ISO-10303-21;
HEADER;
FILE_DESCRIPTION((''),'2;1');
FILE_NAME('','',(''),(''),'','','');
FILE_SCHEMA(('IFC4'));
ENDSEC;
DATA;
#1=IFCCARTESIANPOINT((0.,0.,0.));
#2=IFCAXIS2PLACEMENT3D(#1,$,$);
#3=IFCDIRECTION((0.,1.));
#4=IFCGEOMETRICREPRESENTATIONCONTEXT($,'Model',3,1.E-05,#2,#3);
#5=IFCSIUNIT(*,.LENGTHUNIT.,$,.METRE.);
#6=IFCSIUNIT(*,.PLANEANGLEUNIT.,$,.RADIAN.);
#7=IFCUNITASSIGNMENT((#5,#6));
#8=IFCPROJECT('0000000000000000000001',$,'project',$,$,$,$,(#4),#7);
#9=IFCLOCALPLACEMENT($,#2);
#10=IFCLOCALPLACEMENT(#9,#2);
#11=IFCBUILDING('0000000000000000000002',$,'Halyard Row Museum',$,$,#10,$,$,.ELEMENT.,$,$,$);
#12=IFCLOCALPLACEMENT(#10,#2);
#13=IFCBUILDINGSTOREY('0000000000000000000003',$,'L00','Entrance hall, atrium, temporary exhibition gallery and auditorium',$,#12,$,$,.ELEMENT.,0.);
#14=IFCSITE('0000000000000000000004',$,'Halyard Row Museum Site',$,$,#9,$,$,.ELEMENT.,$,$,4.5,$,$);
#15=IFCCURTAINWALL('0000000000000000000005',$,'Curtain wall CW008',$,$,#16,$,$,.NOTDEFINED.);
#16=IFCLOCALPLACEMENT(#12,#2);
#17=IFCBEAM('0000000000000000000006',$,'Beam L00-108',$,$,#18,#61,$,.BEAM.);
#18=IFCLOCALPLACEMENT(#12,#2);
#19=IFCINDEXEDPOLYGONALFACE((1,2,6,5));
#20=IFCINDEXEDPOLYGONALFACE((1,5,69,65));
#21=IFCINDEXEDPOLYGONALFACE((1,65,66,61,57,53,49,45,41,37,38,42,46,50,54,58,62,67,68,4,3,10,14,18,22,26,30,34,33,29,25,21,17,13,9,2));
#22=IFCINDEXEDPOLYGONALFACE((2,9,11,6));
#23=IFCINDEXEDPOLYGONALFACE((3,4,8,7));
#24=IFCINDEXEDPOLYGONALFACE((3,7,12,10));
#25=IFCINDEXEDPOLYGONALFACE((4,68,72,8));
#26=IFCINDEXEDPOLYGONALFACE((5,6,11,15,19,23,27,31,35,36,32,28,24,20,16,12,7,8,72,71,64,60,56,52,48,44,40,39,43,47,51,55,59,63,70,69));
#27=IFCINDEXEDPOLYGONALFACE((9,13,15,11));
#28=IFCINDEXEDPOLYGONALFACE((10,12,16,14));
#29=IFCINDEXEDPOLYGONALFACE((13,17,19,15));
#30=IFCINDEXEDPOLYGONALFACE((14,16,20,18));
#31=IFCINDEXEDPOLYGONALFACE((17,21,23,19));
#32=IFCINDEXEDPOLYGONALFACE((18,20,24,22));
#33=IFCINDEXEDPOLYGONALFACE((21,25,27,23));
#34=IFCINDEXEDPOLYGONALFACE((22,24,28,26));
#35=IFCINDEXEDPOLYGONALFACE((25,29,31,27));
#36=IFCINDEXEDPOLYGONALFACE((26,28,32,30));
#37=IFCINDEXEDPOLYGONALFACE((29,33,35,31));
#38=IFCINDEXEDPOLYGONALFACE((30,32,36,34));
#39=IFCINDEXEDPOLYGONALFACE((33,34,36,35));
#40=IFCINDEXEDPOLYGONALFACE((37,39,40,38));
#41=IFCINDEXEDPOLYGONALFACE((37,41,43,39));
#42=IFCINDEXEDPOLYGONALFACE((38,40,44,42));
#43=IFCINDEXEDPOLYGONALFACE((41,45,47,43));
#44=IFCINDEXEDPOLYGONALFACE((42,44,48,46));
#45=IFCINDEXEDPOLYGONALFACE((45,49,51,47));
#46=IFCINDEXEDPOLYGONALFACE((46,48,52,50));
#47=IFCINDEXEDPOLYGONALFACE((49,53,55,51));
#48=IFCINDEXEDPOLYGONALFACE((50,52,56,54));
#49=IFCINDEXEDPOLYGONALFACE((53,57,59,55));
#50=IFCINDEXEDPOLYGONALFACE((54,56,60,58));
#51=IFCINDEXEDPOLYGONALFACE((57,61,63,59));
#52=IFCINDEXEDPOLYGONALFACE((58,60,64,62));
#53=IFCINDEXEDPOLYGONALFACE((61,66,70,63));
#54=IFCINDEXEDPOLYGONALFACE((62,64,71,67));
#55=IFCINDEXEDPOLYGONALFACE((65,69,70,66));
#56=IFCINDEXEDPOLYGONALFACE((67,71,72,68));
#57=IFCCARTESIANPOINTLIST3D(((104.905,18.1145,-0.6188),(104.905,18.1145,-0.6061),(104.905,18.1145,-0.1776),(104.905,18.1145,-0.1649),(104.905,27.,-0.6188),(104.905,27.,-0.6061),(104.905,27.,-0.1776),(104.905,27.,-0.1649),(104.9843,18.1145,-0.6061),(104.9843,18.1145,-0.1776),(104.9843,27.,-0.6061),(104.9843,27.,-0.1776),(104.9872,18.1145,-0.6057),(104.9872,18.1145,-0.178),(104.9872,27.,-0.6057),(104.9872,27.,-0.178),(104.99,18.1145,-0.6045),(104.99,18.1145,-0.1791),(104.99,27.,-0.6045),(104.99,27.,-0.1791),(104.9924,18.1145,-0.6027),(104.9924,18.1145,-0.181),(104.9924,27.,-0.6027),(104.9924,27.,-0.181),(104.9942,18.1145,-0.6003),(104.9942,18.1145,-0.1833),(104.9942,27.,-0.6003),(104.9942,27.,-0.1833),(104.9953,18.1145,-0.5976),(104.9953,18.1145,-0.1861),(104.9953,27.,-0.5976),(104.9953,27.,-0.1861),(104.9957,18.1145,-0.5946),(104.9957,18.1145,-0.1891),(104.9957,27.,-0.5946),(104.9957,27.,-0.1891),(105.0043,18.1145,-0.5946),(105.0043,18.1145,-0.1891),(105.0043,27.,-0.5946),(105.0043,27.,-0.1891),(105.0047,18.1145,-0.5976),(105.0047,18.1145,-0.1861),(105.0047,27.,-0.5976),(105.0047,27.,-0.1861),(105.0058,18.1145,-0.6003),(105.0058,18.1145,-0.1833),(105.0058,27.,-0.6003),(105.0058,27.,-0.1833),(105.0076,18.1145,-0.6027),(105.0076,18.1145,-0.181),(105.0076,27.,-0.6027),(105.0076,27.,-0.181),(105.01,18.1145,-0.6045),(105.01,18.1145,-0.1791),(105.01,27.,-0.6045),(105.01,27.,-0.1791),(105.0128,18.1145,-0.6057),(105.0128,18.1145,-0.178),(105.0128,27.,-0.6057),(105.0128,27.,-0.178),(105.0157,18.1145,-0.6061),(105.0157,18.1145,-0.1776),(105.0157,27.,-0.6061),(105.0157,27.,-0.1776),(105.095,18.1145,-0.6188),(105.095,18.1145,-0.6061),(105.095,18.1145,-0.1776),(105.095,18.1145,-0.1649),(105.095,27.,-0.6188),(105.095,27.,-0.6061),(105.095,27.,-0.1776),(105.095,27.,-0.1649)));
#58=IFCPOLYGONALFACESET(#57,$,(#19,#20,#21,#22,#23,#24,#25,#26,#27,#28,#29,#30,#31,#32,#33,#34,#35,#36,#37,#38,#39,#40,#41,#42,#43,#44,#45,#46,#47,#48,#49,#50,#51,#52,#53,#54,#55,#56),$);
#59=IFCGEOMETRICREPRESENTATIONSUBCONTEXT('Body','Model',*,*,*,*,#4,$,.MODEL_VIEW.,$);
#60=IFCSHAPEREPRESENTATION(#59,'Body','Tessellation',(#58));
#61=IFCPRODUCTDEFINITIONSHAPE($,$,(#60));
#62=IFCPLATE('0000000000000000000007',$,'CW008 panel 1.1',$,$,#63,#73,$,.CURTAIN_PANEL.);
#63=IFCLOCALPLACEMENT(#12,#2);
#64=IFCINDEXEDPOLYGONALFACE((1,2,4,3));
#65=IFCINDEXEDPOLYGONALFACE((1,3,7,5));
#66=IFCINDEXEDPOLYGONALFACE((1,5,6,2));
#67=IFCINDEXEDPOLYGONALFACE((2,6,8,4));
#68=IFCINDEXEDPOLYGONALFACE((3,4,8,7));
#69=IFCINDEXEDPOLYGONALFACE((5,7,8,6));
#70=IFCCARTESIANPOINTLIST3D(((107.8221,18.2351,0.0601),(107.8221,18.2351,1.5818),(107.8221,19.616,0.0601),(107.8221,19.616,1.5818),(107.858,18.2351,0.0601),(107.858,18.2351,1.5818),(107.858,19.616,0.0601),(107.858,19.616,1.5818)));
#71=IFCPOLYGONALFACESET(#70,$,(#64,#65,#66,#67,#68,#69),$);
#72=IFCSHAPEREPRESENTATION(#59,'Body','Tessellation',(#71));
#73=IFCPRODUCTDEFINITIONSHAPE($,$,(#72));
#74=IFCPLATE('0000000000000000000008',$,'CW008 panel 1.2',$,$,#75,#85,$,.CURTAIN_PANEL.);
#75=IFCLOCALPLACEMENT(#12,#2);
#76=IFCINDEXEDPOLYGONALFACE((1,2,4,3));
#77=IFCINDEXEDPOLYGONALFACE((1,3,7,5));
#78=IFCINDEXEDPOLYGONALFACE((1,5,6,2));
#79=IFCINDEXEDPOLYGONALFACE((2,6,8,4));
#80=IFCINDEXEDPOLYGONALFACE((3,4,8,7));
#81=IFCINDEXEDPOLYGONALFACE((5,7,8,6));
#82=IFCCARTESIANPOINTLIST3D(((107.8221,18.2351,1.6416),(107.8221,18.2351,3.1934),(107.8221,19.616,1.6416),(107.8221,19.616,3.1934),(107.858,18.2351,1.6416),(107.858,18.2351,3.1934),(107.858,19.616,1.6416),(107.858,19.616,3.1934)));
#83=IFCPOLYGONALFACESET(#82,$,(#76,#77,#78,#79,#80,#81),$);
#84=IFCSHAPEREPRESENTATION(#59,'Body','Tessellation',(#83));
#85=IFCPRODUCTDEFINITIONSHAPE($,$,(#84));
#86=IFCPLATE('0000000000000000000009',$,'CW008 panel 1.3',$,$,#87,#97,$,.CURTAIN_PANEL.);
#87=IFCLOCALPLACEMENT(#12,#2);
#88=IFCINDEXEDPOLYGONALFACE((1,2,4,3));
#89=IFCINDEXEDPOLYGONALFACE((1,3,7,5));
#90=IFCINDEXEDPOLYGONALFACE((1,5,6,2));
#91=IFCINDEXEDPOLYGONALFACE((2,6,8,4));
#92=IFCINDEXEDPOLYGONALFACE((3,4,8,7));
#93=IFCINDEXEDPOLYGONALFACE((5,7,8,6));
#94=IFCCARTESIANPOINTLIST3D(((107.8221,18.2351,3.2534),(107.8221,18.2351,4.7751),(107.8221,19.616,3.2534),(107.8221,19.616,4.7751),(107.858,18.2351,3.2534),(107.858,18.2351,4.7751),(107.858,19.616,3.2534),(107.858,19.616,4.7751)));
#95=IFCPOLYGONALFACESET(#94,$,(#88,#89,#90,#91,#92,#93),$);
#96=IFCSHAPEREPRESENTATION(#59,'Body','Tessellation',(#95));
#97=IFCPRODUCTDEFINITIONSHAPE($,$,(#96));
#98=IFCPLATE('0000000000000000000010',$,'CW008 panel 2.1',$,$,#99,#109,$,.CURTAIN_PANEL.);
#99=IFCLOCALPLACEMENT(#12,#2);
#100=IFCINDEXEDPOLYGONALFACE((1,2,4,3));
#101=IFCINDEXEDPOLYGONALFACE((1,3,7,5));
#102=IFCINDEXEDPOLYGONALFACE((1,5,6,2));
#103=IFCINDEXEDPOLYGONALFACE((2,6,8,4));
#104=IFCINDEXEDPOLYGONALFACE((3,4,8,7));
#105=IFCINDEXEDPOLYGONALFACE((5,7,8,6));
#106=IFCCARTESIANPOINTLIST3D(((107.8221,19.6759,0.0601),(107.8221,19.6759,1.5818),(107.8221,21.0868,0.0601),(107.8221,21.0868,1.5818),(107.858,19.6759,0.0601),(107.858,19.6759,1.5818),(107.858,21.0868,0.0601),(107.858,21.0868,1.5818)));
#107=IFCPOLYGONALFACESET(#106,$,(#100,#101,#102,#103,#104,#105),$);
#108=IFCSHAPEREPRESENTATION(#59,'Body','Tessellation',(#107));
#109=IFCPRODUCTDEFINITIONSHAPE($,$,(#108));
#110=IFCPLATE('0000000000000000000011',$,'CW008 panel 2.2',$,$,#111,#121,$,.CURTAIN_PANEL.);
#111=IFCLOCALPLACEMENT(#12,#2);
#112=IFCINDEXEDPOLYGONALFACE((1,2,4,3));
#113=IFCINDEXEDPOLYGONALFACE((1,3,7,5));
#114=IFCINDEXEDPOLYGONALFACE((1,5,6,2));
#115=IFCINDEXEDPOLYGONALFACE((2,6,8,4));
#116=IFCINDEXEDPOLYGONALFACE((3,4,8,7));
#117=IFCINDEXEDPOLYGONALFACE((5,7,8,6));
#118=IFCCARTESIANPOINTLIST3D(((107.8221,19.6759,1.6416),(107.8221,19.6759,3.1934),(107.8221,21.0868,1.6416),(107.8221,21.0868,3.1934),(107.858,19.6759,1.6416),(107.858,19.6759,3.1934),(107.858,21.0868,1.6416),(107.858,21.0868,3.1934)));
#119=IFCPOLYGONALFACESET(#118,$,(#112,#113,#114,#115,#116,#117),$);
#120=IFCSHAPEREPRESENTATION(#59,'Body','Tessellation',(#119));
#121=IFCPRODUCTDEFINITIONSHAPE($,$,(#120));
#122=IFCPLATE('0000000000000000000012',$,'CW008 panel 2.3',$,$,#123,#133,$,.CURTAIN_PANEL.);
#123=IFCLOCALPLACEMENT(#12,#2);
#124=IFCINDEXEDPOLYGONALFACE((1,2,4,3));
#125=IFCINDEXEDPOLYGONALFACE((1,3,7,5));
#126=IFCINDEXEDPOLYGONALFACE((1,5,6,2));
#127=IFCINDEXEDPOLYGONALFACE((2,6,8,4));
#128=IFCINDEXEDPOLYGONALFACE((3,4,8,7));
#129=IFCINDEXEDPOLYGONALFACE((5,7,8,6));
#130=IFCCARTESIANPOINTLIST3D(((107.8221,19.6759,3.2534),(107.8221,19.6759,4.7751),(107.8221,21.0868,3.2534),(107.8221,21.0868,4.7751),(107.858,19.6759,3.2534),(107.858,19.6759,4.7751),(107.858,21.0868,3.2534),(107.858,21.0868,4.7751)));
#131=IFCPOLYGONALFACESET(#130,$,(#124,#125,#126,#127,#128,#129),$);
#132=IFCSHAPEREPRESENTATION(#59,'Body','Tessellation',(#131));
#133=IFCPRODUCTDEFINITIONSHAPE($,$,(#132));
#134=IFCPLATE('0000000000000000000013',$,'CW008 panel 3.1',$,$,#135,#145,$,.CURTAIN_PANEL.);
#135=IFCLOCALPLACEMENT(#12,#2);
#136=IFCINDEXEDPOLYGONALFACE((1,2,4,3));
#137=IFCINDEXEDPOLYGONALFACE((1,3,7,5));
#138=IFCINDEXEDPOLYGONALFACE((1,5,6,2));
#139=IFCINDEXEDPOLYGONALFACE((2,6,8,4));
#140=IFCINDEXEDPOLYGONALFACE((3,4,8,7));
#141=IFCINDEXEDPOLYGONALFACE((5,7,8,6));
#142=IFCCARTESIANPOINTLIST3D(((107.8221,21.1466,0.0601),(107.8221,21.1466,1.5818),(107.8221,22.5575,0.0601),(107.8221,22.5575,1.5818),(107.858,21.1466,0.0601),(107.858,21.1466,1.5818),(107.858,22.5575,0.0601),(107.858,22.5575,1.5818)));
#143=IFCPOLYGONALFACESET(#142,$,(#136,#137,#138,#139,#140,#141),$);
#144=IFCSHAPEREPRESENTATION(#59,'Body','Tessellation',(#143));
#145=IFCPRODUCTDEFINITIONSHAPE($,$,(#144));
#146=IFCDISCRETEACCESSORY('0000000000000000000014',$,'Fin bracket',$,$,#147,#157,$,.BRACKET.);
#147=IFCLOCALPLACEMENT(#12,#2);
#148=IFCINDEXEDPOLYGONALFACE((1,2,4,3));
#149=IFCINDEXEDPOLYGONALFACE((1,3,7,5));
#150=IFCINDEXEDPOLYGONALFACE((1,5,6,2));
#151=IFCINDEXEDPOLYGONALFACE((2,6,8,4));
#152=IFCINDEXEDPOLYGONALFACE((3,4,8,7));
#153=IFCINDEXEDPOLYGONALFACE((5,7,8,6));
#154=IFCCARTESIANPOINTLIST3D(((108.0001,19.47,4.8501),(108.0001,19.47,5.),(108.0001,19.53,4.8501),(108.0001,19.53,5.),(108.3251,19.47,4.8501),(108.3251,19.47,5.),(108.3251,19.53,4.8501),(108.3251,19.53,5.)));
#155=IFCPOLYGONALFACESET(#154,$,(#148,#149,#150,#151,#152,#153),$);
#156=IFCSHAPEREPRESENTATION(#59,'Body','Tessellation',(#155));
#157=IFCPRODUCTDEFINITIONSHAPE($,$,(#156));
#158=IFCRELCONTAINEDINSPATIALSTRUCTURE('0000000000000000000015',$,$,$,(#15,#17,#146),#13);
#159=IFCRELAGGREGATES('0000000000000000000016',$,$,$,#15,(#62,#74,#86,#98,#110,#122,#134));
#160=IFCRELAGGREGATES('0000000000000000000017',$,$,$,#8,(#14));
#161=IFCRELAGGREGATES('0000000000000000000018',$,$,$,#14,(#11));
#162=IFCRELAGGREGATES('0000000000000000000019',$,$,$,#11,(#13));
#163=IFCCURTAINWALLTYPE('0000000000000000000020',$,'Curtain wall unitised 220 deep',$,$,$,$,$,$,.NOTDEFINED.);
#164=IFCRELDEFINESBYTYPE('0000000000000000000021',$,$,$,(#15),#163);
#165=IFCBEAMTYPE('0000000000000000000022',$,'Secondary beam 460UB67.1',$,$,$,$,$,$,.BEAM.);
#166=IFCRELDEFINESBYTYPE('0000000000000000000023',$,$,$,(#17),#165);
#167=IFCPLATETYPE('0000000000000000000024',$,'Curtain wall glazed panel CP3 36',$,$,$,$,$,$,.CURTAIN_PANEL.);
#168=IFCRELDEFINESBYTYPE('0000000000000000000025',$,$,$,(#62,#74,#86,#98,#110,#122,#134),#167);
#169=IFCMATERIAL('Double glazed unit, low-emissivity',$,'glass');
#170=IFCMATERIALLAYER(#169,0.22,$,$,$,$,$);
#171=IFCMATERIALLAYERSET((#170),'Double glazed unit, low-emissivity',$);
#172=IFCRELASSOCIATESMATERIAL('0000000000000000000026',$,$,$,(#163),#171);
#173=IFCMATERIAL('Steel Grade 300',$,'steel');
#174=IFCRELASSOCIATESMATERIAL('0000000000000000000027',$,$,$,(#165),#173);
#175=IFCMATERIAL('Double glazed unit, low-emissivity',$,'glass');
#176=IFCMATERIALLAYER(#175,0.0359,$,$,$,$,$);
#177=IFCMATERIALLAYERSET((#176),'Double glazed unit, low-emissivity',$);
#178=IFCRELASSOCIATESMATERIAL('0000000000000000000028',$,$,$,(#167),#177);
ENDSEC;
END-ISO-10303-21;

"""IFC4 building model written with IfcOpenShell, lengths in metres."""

from ifc_helpers import new_model, si_unit, direction, frame, origin, origin_2d, place, context, subcontext, project, spatial, rectangle, i_section, extrude, material, layer, layer_set, material_profile, profile_set, type_object, element, aggregate, save


model = new_model("IFC4")

# Units and contexts
model_context = context("Model", 3, precision=1e-05, world=origin(), true_north=direction((0.0, 1.0)))
body_context = subcontext(model_context, "Body", "Model", "MODEL_VIEW")
ifc_project = project(units=[si_unit("LENGTHUNIT", "METRE"), si_unit("PLANEANGLEUNIT", "RADIAN")], contexts=[model_context])

# Site, building, storey
site_placement = place(None, origin())
site = spatial("IfcSite", under=ifc_project, at=site_placement, Name="Halyard Row Museum Site", CompositionType="ELEMENT", RefElevation=4.5)
building_placement = place(site_placement, origin())
building = spatial("IfcBuilding", under=site, at=building_placement, Name="Halyard Row Museum", CompositionType="ELEMENT")
storey_placement = place(building_placement, origin())
storey = spatial("IfcBuildingStorey", under=building, at=storey_placement, Name="L00", Description="Entrance hall, atrium, temporary exhibition gallery and auditorium", CompositionType="ELEMENT", Elevation=0.0)

# Curtain wall
ifc_material_1 = material(Name="Double glazed unit, low-emissivity", Category="glass")
ifc_layer_1 = layer(ifc_material_1, 0.22)
ifc_layer_set_1 = layer_set([ifc_layer_1], Name="Double glazed unit, low-emissivity")
curtain_wall_type = type_object("IfcCurtainWallType", Name="Curtain wall unitised 220 deep", PredefinedType="NOTDEFINED", material=ifc_layer_set_1)
curtain_wall_placement = place(storey_placement, origin())
curtain_wall = element("IfcCurtainWall", 1, at=curtain_wall_placement, inside=storey, type_object=curtain_wall_type, Name="Curtain wall CW008", PredefinedType="NOTDEFINED")

# Beam
ifc_material_2 = material(Name="Steel Grade 300", Category="steel")
ifc_material_profile_1 = material_profile(ifc_material_2, i_section(OverallWidth=0.1899, OverallDepth=0.4539, WebThickness=0.0085, FlangeThickness=0.0127, FilletRadius=0.0115, at=origin_2d()), Name="460UB67.1")
ifc_profile_set_1 = profile_set([ifc_material_profile_1], Name="Steel Grade 300")
beam_type = type_object("IfcBeamType", Name="Secondary beam 460UB67.1", PredefinedType="BEAM", material=ifc_profile_set_1)
beam_placement = place(storey_placement, frame((105.0, 18.1145, -0.3918), z_axis=(0.0, 1.0, 0.0), x_axis=(-1.0, 0.0, 0.0)))
element("IfcBeam", 2, at=beam_placement, inside=storey, type_object=beam_type, Name="Beam L00-108", PredefinedType="BEAM", context=body_context, shape_type="SweptSolid", body=[
    extrude(i_section(OverallWidth=0.1899, OverallDepth=0.4539, WebThickness=0.0085, FlangeThickness=0.0127, FilletRadius=0.0115, at=origin_2d()), origin(), (0.0, 0.0, 1.0), 8.8855),
])

# Plates
ifc_material_3 = material(Name="Double glazed unit, low-emissivity", Category="glass")
ifc_layer_2 = layer(ifc_material_3, 0.0359)
ifc_layer_set_2 = layer_set([ifc_layer_2], Name="Double glazed unit, low-emissivity")
plate_type = type_object("IfcPlateType", Name="Curtain wall glazed panel CP3 36", PredefinedType="CURTAIN_PANEL", material=ifc_layer_set_2)
plate_1_placement = place(storey_placement, frame((107.8401, 18.9255, 0.0601), z_axis=(0.0, 0.0, 1.0), x_axis=(0.0, 1.0, 0.0)))
plate_1 = element("IfcPlate", 3, at=plate_1_placement, type_object=plate_type, Name="CW008 panel 1.1", PredefinedType="CURTAIN_PANEL", context=body_context, shape_type="SweptSolid", body=[
    extrude(rectangle(XDim=1.3809, YDim=0.0359, at=origin_2d()), origin(), (0.0, 0.0, 1.0), 1.5217),
])
plate_2_placement = place(storey_placement, frame((107.8401, 18.9255, 1.6416), z_axis=(0.0, 0.0, 1.0), x_axis=(0.0, 1.0, 0.0)))
plate_2 = element("IfcPlate", 4, at=plate_2_placement, type_object=plate_type, Name="CW008 panel 1.2", PredefinedType="CURTAIN_PANEL", context=body_context, shape_type="SweptSolid", body=[
    extrude(rectangle(XDim=1.3809, YDim=0.0359, at=origin_2d()), origin(), (0.0, 0.0, 1.0), 1.5518),
])
plate_3_placement = place(storey_placement, frame((107.8401, 18.9255, 3.2534), z_axis=(0.0, 0.0, 1.0), x_axis=(0.0, 1.0, 0.0)))
plate_3 = element("IfcPlate", 5, at=plate_3_placement, type_object=plate_type, Name="CW008 panel 1.3", PredefinedType="CURTAIN_PANEL", context=body_context, shape_type="SweptSolid", body=[
    extrude(rectangle(XDim=1.3809, YDim=0.0359, at=origin_2d()), origin(), (0.0, 0.0, 1.0), 1.5217),
])
plate_4_placement = place(storey_placement, frame((107.8401, 20.3813, 0.0601), z_axis=(0.0, 0.0, 1.0), x_axis=(0.0, 1.0, 0.0)))
plate_4 = element("IfcPlate", 6, at=plate_4_placement, type_object=plate_type, Name="CW008 panel 2.1", PredefinedType="CURTAIN_PANEL", context=body_context, shape_type="SweptSolid", body=[
    extrude(rectangle(XDim=1.4109, YDim=0.0359, at=origin_2d()), origin(), (0.0, 0.0, 1.0), 1.5217),
])
plate_5_placement = place(storey_placement, frame((107.8401, 20.3813, 1.6416), z_axis=(0.0, 0.0, 1.0), x_axis=(0.0, 1.0, 0.0)))
plate_5 = element("IfcPlate", 7, at=plate_5_placement, type_object=plate_type, Name="CW008 panel 2.2", PredefinedType="CURTAIN_PANEL", context=body_context, shape_type="SweptSolid", body=[
    extrude(rectangle(XDim=1.4109, YDim=0.0359, at=origin_2d()), origin(), (0.0, 0.0, 1.0), 1.5518),
])
plate_6_placement = place(storey_placement, frame((107.8401, 20.3813, 3.2534), z_axis=(0.0, 0.0, 1.0), x_axis=(0.0, 1.0, 0.0)))
plate_6 = element("IfcPlate", 8, at=plate_6_placement, type_object=plate_type, Name="CW008 panel 2.3", PredefinedType="CURTAIN_PANEL", context=body_context, shape_type="SweptSolid", body=[
    extrude(rectangle(XDim=1.4109, YDim=0.0359, at=origin_2d()), origin(), (0.0, 0.0, 1.0), 1.5217),
])
plate_7_placement = place(storey_placement, frame((107.8401, 21.8521, 0.0601), z_axis=(0.0, 0.0, 1.0), x_axis=(0.0, 1.0, 0.0)))
plate_7 = element("IfcPlate", 9, at=plate_7_placement, type_object=plate_type, Name="CW008 panel 3.1", PredefinedType="CURTAIN_PANEL", context=body_context, shape_type="SweptSolid", body=[
    extrude(rectangle(XDim=1.4109, YDim=0.0359, at=origin_2d()), origin(), (0.0, 0.0, 1.0), 1.5217),
])
aggregate(curtain_wall, [plate_1, plate_2, plate_3, plate_4, plate_5, plate_6, plate_7])

# Discrete accessory
discrete_accessory_placement = place(storey_placement, frame((108.1626, 19.5, 4.8501), z_axis=(0.0, 0.0, 1.0), x_axis=(1.0, 0.0, 0.0)))
element("IfcDiscreteAccessory", 10, at=discrete_accessory_placement, inside=storey, Name="Fin bracket", PredefinedType="BRACKET", context=body_context, shape_type="SweptSolid", body=[
    extrude(rectangle(XDim=0.325, YDim=0.0601, at=origin_2d()), origin(), (0.0, 0.0, 1.0), 0.1499),
])

save(model, "model.ifc")
